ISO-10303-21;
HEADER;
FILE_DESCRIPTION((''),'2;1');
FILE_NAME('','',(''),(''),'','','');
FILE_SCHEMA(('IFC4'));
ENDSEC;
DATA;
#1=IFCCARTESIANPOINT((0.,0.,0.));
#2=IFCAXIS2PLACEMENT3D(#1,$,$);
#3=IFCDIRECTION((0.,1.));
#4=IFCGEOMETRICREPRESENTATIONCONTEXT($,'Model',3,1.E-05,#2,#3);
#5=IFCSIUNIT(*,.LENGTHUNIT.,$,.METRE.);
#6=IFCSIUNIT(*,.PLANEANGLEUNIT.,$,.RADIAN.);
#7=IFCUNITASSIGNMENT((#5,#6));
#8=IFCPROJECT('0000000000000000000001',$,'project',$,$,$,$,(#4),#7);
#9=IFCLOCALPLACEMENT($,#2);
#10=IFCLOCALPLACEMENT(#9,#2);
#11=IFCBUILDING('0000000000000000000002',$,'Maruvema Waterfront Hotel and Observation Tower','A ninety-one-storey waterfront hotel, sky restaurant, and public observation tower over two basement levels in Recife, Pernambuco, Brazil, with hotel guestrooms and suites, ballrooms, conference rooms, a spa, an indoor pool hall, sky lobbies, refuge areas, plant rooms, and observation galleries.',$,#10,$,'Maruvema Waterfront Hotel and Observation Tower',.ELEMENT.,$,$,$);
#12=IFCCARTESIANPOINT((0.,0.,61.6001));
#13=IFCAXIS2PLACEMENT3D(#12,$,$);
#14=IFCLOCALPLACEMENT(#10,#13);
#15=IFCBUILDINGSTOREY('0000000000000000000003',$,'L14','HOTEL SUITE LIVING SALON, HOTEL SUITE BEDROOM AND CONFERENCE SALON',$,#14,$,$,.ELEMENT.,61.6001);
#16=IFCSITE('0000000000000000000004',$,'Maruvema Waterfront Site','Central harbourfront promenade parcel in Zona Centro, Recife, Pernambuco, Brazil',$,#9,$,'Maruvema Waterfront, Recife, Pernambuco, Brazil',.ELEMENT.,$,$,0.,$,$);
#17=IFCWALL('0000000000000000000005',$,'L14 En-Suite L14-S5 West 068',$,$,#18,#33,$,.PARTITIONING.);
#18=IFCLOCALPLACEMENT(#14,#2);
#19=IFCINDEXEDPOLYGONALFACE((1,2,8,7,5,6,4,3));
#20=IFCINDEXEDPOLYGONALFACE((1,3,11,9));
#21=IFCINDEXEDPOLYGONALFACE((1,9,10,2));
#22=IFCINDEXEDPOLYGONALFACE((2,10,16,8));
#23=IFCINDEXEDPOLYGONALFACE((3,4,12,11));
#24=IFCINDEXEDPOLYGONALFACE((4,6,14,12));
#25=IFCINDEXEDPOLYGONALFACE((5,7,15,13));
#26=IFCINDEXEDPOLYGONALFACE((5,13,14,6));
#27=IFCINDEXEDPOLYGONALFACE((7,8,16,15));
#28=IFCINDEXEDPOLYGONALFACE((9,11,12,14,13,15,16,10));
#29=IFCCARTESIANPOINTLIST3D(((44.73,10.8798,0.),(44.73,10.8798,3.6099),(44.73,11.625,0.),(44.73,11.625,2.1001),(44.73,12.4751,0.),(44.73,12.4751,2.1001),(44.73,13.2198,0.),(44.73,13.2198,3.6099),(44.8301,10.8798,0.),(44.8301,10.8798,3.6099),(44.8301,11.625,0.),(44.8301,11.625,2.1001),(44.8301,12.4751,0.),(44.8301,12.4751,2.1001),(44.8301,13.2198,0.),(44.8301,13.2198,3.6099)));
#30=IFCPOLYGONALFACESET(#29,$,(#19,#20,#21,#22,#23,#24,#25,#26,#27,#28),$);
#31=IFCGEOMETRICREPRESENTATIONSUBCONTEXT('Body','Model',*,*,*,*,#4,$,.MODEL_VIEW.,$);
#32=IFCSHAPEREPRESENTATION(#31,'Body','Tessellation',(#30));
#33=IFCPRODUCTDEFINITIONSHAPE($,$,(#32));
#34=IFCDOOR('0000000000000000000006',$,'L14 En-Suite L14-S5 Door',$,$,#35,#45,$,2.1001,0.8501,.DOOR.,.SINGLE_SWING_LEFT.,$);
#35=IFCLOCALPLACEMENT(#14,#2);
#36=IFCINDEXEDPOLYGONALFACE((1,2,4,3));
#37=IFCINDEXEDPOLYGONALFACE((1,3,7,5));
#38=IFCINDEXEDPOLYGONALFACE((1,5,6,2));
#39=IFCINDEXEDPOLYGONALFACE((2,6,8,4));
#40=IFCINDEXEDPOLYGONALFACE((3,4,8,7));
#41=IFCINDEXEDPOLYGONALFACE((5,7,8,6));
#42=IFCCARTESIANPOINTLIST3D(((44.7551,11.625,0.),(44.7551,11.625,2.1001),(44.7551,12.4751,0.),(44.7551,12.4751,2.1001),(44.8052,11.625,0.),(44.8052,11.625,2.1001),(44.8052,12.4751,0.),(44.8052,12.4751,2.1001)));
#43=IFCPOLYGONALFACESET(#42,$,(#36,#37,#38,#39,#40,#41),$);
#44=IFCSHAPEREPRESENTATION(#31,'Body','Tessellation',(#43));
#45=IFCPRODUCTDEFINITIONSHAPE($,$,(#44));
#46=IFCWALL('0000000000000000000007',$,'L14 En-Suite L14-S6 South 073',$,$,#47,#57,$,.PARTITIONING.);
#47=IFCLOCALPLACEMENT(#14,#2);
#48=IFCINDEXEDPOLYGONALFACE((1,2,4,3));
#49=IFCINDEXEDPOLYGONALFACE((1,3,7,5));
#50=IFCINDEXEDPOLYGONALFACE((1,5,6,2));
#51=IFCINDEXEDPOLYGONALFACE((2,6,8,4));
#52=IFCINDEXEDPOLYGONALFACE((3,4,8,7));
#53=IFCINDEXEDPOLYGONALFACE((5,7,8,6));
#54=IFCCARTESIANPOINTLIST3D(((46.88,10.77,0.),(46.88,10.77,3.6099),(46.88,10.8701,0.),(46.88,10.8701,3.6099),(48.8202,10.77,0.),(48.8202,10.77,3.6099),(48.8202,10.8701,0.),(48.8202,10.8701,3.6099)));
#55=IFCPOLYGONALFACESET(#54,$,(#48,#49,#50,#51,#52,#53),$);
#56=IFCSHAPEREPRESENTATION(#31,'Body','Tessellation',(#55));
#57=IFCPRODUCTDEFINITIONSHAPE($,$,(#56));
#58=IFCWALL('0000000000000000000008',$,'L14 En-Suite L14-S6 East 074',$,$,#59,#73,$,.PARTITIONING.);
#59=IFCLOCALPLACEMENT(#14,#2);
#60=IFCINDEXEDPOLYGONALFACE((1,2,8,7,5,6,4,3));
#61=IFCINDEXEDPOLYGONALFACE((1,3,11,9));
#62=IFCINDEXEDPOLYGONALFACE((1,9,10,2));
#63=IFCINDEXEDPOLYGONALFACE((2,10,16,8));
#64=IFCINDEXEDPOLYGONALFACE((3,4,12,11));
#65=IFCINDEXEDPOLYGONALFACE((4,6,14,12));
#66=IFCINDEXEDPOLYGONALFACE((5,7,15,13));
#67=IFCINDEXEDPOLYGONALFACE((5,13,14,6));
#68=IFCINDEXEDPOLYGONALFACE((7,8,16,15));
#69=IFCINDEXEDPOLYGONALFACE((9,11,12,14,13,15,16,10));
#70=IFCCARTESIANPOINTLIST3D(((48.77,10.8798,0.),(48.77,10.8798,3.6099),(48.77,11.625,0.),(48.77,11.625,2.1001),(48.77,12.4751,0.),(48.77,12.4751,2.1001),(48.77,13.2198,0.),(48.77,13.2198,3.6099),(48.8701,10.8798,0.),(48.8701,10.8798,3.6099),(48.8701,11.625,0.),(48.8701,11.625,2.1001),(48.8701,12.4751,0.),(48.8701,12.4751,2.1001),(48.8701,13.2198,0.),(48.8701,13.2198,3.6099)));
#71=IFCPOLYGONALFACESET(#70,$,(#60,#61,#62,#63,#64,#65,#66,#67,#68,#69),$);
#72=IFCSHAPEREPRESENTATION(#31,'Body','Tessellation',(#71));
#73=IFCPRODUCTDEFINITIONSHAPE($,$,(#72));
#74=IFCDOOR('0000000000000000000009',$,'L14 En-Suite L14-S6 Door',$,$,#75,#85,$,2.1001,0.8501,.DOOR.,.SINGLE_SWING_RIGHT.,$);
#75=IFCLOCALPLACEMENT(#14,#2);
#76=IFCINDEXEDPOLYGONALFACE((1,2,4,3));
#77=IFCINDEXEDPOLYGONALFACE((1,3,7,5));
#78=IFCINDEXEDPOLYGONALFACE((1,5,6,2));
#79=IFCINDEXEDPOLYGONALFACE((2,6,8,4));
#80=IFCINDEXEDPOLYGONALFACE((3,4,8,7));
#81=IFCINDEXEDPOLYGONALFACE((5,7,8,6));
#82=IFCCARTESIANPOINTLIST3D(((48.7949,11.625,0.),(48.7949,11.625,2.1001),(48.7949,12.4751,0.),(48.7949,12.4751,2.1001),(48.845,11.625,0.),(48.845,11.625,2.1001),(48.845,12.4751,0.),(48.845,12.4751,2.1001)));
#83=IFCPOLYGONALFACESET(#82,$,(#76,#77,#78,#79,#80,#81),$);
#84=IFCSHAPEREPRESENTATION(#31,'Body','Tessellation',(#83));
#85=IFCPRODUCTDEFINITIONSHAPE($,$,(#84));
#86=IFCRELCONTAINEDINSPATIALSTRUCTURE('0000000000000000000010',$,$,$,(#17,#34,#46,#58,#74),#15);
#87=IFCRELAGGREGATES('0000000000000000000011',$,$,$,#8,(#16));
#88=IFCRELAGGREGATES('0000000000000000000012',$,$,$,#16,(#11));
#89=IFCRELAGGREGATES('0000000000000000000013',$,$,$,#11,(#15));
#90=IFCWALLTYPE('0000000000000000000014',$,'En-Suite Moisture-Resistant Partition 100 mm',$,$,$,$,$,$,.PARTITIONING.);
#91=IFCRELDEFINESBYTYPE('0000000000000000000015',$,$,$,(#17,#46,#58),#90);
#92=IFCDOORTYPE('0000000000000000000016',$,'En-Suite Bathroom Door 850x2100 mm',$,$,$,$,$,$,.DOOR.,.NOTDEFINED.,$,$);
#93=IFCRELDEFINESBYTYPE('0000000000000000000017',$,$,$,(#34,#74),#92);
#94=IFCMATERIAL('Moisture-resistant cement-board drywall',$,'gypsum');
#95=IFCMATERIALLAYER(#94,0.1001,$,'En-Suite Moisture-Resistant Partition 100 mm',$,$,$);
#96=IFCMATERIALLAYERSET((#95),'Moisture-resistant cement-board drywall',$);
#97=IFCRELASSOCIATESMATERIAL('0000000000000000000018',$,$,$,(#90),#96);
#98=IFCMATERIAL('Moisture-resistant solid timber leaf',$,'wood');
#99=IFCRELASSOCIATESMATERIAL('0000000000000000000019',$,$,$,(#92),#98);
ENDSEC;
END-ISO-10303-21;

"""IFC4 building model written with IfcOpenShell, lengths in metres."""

from ifc_helpers import new_model, si_unit, direction, frame, frame_2d, origin, place, context, subcontext, project, spatial, rectangle, extrude, material, layer, layer_set, type_object, element, fill, save


model = new_model("IFC4")

# Units and contexts
model_context = context("Model", 3, precision=1e-05, world=origin(), true_north=direction((0.0, 1.0)))
body_context = subcontext(model_context, "Body", "Model", "MODEL_VIEW")
ifc_project = project(units=[si_unit("LENGTHUNIT", "METRE"), si_unit("PLANEANGLEUNIT", "RADIAN")], contexts=[model_context])

# Site, building, storey
site_placement = place(None, origin())
site = spatial("IfcSite", under=ifc_project, at=site_placement, Name="Maruvema Waterfront Site", Description="Central harbourfront promenade parcel in Zona Centro, Recife, Pernambuco, Brazil", LongName="Maruvema Waterfront, Recife, Pernambuco, Brazil", CompositionType="ELEMENT", RefElevation=0.0)
building_placement = place(site_placement, origin())
building = spatial("IfcBuilding", under=site, at=building_placement, Name="Maruvema Waterfront Hotel and Observation Tower", Description="A ninety-one-storey waterfront hotel, sky restaurant, and public observation tower over two basement levels in Recife, Pernambuco, Brazil, with hotel guestrooms and suites, ballrooms, conference rooms, a spa, an indoor pool hall, sky lobbies, refuge areas, plant rooms, and observation galleries.", LongName="Maruvema Waterfront Hotel and Observation Tower", CompositionType="ELEMENT")
storey_placement = place(building_placement, frame((0.0, 0.0, 61.6001)))
storey = spatial("IfcBuildingStorey", under=building, at=storey_placement, Name="L14", Description="HOTEL SUITE LIVING SALON, HOTEL SUITE BEDROOM AND CONFERENCE SALON", CompositionType="ELEMENT", Elevation=61.6001)

# Shared definitions
ifc_material_1 = material(Name="Moisture-resistant cement-board drywall", Category="gypsum")
ifc_layer_1 = layer(ifc_material_1, 0.1001, Name="En-Suite Moisture-Resistant Partition 100 mm")
ifc_layer_set_1 = layer_set([ifc_layer_1], Name="Moisture-resistant cement-board drywall")
wall_type_1 = type_object("IfcWallType", Name="En-Suite Moisture-Resistant Partition 100 mm", PredefinedType="PARTITIONING", material=ifc_layer_set_1)

# Shared definitions
ifc_material_2 = material(Name="Moisture-resistant solid timber leaf", Category="wood")
door_type_1 = type_object("IfcDoorType", Name="En-Suite Bathroom Door 850x2100 mm", OperationType="NOTDEFINED", PredefinedType="DOOR", material=ifc_material_2)

# Wall, opening, door
wall_1_placement = place(storey_placement, frame((44.78, 10.8799, 0.0), z_axis=(0.0, 0.0, 1.0), x_axis=(0.0, 1.0, 0.0)))
wall_1 = element("IfcWall", 1, at=wall_1_placement, inside=storey, type_object=wall_type_1, Name="L14 En-Suite L14-S5 West 068", PredefinedType="PARTITIONING", context=body_context, shape_type="SweptSolid", body=[
    extrude(rectangle(XDim=2.3401, YDim=0.1001, at=frame_2d((1.1699, 0.0))), origin(), (0.0, 0.0, 1.0), 3.6099),
])
opening_1_placement = place(wall_1_placement, frame((0.7451, 0.0, 0.0)))
opening_1 = element("IfcOpeningElement", 2, at=opening_1_placement, cuts=wall_1, PredefinedType="OPENING", context=body_context, shape_type="SweptSolid", body=[
    extrude(rectangle(XDim=0.8501, YDim=2.1001, at=frame_2d((0.425, 1.05))), frame((0.0, 0.0601, 0.0), z_axis=(0.0, -1.0, 0.0), x_axis=(1.0, 0.0, 0.0)), (0.0, 0.0, 1.0), 0.1201),
])
door_1_placement = place(opening_1_placement, origin())
door_1 = element("IfcDoor", 3, at=door_1_placement, inside=storey, type_object=door_type_1, Name="L14 En-Suite L14-S5 Door", OperationType="SINGLE_SWING_LEFT", OverallHeight=2.1001, OverallWidth=0.8501, PredefinedType="DOOR", context=body_context, shape_type="SweptSolid", body=[
    extrude(rectangle(XDim=0.8501, YDim=2.1001, at=frame_2d((0.425, 1.05))), frame((0.0, 0.0249, 0.0), z_axis=(0.0, -1.0, 0.0), x_axis=(1.0, 0.0, 0.0)), (0.0, 0.0, 1.0), 0.05),
])
fill(opening_1, door_1)

# Wall
wall_2_placement = place(storey_placement, frame((46.8799, 10.8201, 0.0), z_axis=(0.0, 0.0, 1.0), x_axis=(1.0, 0.0, 0.0)))
element("IfcWall", 4, at=wall_2_placement, inside=storey, type_object=wall_type_1, Name="L14 En-Suite L14-S6 South 073", PredefinedType="PARTITIONING", context=body_context, shape_type="SweptSolid", body=[
    extrude(rectangle(XDim=1.9402, YDim=0.1001, at=frame_2d((0.9702, 0.0))), origin(), (0.0, 0.0, 1.0), 3.6099),
])

# Wall, opening, door
wall_3_placement = place(storey_placement, frame((48.8201, 10.8799, 0.0), z_axis=(0.0, 0.0, 1.0), x_axis=(0.0, 1.0, 0.0)))
wall_3 = element("IfcWall", 5, at=wall_3_placement, inside=storey, type_object=wall_type_1, Name="L14 En-Suite L14-S6 East 074", PredefinedType="PARTITIONING", context=body_context, shape_type="SweptSolid", body=[
    extrude(rectangle(XDim=2.3401, YDim=0.1001, at=frame_2d((1.1699, 0.0))), origin(), (0.0, 0.0, 1.0), 3.6099),
])
opening_2_placement = place(wall_3_placement, frame((0.7451, 0.0, 0.0)))
opening_2 = element("IfcOpeningElement", 6, at=opening_2_placement, cuts=wall_3, PredefinedType="OPENING", context=body_context, shape_type="SweptSolid", body=[
    extrude(rectangle(XDim=0.8501, YDim=2.1001, at=frame_2d((0.425, 1.05))), frame((0.0, 0.0601, 0.0), z_axis=(0.0, -1.0, 0.0), x_axis=(1.0, 0.0, 0.0)), (0.0, 0.0, 1.0), 0.1201),
])
door_2_placement = place(opening_2_placement, frame((0.8501, 0.0, 0.0), z_axis=(0.0, 0.0, 1.0), x_axis=(-1.0, 0.0, 0.0)))
door_2 = element("IfcDoor", 7, at=door_2_placement, inside=storey, type_object=door_type_1, Name="L14 En-Suite L14-S6 Door", OperationType="SINGLE_SWING_RIGHT", OverallHeight=2.1001, OverallWidth=0.8501, PredefinedType="DOOR", context=body_context, shape_type="SweptSolid", body=[
    extrude(rectangle(XDim=0.8501, YDim=2.1001, at=frame_2d((0.425, 1.05))), frame((0.0, 0.0249, 0.0), z_axis=(0.0, -1.0, 0.0), x_axis=(1.0, 0.0, 0.0)), (0.0, 0.0, 1.0), 0.05),
])
fill(opening_2, door_2)

save(model, "model.ifc")
